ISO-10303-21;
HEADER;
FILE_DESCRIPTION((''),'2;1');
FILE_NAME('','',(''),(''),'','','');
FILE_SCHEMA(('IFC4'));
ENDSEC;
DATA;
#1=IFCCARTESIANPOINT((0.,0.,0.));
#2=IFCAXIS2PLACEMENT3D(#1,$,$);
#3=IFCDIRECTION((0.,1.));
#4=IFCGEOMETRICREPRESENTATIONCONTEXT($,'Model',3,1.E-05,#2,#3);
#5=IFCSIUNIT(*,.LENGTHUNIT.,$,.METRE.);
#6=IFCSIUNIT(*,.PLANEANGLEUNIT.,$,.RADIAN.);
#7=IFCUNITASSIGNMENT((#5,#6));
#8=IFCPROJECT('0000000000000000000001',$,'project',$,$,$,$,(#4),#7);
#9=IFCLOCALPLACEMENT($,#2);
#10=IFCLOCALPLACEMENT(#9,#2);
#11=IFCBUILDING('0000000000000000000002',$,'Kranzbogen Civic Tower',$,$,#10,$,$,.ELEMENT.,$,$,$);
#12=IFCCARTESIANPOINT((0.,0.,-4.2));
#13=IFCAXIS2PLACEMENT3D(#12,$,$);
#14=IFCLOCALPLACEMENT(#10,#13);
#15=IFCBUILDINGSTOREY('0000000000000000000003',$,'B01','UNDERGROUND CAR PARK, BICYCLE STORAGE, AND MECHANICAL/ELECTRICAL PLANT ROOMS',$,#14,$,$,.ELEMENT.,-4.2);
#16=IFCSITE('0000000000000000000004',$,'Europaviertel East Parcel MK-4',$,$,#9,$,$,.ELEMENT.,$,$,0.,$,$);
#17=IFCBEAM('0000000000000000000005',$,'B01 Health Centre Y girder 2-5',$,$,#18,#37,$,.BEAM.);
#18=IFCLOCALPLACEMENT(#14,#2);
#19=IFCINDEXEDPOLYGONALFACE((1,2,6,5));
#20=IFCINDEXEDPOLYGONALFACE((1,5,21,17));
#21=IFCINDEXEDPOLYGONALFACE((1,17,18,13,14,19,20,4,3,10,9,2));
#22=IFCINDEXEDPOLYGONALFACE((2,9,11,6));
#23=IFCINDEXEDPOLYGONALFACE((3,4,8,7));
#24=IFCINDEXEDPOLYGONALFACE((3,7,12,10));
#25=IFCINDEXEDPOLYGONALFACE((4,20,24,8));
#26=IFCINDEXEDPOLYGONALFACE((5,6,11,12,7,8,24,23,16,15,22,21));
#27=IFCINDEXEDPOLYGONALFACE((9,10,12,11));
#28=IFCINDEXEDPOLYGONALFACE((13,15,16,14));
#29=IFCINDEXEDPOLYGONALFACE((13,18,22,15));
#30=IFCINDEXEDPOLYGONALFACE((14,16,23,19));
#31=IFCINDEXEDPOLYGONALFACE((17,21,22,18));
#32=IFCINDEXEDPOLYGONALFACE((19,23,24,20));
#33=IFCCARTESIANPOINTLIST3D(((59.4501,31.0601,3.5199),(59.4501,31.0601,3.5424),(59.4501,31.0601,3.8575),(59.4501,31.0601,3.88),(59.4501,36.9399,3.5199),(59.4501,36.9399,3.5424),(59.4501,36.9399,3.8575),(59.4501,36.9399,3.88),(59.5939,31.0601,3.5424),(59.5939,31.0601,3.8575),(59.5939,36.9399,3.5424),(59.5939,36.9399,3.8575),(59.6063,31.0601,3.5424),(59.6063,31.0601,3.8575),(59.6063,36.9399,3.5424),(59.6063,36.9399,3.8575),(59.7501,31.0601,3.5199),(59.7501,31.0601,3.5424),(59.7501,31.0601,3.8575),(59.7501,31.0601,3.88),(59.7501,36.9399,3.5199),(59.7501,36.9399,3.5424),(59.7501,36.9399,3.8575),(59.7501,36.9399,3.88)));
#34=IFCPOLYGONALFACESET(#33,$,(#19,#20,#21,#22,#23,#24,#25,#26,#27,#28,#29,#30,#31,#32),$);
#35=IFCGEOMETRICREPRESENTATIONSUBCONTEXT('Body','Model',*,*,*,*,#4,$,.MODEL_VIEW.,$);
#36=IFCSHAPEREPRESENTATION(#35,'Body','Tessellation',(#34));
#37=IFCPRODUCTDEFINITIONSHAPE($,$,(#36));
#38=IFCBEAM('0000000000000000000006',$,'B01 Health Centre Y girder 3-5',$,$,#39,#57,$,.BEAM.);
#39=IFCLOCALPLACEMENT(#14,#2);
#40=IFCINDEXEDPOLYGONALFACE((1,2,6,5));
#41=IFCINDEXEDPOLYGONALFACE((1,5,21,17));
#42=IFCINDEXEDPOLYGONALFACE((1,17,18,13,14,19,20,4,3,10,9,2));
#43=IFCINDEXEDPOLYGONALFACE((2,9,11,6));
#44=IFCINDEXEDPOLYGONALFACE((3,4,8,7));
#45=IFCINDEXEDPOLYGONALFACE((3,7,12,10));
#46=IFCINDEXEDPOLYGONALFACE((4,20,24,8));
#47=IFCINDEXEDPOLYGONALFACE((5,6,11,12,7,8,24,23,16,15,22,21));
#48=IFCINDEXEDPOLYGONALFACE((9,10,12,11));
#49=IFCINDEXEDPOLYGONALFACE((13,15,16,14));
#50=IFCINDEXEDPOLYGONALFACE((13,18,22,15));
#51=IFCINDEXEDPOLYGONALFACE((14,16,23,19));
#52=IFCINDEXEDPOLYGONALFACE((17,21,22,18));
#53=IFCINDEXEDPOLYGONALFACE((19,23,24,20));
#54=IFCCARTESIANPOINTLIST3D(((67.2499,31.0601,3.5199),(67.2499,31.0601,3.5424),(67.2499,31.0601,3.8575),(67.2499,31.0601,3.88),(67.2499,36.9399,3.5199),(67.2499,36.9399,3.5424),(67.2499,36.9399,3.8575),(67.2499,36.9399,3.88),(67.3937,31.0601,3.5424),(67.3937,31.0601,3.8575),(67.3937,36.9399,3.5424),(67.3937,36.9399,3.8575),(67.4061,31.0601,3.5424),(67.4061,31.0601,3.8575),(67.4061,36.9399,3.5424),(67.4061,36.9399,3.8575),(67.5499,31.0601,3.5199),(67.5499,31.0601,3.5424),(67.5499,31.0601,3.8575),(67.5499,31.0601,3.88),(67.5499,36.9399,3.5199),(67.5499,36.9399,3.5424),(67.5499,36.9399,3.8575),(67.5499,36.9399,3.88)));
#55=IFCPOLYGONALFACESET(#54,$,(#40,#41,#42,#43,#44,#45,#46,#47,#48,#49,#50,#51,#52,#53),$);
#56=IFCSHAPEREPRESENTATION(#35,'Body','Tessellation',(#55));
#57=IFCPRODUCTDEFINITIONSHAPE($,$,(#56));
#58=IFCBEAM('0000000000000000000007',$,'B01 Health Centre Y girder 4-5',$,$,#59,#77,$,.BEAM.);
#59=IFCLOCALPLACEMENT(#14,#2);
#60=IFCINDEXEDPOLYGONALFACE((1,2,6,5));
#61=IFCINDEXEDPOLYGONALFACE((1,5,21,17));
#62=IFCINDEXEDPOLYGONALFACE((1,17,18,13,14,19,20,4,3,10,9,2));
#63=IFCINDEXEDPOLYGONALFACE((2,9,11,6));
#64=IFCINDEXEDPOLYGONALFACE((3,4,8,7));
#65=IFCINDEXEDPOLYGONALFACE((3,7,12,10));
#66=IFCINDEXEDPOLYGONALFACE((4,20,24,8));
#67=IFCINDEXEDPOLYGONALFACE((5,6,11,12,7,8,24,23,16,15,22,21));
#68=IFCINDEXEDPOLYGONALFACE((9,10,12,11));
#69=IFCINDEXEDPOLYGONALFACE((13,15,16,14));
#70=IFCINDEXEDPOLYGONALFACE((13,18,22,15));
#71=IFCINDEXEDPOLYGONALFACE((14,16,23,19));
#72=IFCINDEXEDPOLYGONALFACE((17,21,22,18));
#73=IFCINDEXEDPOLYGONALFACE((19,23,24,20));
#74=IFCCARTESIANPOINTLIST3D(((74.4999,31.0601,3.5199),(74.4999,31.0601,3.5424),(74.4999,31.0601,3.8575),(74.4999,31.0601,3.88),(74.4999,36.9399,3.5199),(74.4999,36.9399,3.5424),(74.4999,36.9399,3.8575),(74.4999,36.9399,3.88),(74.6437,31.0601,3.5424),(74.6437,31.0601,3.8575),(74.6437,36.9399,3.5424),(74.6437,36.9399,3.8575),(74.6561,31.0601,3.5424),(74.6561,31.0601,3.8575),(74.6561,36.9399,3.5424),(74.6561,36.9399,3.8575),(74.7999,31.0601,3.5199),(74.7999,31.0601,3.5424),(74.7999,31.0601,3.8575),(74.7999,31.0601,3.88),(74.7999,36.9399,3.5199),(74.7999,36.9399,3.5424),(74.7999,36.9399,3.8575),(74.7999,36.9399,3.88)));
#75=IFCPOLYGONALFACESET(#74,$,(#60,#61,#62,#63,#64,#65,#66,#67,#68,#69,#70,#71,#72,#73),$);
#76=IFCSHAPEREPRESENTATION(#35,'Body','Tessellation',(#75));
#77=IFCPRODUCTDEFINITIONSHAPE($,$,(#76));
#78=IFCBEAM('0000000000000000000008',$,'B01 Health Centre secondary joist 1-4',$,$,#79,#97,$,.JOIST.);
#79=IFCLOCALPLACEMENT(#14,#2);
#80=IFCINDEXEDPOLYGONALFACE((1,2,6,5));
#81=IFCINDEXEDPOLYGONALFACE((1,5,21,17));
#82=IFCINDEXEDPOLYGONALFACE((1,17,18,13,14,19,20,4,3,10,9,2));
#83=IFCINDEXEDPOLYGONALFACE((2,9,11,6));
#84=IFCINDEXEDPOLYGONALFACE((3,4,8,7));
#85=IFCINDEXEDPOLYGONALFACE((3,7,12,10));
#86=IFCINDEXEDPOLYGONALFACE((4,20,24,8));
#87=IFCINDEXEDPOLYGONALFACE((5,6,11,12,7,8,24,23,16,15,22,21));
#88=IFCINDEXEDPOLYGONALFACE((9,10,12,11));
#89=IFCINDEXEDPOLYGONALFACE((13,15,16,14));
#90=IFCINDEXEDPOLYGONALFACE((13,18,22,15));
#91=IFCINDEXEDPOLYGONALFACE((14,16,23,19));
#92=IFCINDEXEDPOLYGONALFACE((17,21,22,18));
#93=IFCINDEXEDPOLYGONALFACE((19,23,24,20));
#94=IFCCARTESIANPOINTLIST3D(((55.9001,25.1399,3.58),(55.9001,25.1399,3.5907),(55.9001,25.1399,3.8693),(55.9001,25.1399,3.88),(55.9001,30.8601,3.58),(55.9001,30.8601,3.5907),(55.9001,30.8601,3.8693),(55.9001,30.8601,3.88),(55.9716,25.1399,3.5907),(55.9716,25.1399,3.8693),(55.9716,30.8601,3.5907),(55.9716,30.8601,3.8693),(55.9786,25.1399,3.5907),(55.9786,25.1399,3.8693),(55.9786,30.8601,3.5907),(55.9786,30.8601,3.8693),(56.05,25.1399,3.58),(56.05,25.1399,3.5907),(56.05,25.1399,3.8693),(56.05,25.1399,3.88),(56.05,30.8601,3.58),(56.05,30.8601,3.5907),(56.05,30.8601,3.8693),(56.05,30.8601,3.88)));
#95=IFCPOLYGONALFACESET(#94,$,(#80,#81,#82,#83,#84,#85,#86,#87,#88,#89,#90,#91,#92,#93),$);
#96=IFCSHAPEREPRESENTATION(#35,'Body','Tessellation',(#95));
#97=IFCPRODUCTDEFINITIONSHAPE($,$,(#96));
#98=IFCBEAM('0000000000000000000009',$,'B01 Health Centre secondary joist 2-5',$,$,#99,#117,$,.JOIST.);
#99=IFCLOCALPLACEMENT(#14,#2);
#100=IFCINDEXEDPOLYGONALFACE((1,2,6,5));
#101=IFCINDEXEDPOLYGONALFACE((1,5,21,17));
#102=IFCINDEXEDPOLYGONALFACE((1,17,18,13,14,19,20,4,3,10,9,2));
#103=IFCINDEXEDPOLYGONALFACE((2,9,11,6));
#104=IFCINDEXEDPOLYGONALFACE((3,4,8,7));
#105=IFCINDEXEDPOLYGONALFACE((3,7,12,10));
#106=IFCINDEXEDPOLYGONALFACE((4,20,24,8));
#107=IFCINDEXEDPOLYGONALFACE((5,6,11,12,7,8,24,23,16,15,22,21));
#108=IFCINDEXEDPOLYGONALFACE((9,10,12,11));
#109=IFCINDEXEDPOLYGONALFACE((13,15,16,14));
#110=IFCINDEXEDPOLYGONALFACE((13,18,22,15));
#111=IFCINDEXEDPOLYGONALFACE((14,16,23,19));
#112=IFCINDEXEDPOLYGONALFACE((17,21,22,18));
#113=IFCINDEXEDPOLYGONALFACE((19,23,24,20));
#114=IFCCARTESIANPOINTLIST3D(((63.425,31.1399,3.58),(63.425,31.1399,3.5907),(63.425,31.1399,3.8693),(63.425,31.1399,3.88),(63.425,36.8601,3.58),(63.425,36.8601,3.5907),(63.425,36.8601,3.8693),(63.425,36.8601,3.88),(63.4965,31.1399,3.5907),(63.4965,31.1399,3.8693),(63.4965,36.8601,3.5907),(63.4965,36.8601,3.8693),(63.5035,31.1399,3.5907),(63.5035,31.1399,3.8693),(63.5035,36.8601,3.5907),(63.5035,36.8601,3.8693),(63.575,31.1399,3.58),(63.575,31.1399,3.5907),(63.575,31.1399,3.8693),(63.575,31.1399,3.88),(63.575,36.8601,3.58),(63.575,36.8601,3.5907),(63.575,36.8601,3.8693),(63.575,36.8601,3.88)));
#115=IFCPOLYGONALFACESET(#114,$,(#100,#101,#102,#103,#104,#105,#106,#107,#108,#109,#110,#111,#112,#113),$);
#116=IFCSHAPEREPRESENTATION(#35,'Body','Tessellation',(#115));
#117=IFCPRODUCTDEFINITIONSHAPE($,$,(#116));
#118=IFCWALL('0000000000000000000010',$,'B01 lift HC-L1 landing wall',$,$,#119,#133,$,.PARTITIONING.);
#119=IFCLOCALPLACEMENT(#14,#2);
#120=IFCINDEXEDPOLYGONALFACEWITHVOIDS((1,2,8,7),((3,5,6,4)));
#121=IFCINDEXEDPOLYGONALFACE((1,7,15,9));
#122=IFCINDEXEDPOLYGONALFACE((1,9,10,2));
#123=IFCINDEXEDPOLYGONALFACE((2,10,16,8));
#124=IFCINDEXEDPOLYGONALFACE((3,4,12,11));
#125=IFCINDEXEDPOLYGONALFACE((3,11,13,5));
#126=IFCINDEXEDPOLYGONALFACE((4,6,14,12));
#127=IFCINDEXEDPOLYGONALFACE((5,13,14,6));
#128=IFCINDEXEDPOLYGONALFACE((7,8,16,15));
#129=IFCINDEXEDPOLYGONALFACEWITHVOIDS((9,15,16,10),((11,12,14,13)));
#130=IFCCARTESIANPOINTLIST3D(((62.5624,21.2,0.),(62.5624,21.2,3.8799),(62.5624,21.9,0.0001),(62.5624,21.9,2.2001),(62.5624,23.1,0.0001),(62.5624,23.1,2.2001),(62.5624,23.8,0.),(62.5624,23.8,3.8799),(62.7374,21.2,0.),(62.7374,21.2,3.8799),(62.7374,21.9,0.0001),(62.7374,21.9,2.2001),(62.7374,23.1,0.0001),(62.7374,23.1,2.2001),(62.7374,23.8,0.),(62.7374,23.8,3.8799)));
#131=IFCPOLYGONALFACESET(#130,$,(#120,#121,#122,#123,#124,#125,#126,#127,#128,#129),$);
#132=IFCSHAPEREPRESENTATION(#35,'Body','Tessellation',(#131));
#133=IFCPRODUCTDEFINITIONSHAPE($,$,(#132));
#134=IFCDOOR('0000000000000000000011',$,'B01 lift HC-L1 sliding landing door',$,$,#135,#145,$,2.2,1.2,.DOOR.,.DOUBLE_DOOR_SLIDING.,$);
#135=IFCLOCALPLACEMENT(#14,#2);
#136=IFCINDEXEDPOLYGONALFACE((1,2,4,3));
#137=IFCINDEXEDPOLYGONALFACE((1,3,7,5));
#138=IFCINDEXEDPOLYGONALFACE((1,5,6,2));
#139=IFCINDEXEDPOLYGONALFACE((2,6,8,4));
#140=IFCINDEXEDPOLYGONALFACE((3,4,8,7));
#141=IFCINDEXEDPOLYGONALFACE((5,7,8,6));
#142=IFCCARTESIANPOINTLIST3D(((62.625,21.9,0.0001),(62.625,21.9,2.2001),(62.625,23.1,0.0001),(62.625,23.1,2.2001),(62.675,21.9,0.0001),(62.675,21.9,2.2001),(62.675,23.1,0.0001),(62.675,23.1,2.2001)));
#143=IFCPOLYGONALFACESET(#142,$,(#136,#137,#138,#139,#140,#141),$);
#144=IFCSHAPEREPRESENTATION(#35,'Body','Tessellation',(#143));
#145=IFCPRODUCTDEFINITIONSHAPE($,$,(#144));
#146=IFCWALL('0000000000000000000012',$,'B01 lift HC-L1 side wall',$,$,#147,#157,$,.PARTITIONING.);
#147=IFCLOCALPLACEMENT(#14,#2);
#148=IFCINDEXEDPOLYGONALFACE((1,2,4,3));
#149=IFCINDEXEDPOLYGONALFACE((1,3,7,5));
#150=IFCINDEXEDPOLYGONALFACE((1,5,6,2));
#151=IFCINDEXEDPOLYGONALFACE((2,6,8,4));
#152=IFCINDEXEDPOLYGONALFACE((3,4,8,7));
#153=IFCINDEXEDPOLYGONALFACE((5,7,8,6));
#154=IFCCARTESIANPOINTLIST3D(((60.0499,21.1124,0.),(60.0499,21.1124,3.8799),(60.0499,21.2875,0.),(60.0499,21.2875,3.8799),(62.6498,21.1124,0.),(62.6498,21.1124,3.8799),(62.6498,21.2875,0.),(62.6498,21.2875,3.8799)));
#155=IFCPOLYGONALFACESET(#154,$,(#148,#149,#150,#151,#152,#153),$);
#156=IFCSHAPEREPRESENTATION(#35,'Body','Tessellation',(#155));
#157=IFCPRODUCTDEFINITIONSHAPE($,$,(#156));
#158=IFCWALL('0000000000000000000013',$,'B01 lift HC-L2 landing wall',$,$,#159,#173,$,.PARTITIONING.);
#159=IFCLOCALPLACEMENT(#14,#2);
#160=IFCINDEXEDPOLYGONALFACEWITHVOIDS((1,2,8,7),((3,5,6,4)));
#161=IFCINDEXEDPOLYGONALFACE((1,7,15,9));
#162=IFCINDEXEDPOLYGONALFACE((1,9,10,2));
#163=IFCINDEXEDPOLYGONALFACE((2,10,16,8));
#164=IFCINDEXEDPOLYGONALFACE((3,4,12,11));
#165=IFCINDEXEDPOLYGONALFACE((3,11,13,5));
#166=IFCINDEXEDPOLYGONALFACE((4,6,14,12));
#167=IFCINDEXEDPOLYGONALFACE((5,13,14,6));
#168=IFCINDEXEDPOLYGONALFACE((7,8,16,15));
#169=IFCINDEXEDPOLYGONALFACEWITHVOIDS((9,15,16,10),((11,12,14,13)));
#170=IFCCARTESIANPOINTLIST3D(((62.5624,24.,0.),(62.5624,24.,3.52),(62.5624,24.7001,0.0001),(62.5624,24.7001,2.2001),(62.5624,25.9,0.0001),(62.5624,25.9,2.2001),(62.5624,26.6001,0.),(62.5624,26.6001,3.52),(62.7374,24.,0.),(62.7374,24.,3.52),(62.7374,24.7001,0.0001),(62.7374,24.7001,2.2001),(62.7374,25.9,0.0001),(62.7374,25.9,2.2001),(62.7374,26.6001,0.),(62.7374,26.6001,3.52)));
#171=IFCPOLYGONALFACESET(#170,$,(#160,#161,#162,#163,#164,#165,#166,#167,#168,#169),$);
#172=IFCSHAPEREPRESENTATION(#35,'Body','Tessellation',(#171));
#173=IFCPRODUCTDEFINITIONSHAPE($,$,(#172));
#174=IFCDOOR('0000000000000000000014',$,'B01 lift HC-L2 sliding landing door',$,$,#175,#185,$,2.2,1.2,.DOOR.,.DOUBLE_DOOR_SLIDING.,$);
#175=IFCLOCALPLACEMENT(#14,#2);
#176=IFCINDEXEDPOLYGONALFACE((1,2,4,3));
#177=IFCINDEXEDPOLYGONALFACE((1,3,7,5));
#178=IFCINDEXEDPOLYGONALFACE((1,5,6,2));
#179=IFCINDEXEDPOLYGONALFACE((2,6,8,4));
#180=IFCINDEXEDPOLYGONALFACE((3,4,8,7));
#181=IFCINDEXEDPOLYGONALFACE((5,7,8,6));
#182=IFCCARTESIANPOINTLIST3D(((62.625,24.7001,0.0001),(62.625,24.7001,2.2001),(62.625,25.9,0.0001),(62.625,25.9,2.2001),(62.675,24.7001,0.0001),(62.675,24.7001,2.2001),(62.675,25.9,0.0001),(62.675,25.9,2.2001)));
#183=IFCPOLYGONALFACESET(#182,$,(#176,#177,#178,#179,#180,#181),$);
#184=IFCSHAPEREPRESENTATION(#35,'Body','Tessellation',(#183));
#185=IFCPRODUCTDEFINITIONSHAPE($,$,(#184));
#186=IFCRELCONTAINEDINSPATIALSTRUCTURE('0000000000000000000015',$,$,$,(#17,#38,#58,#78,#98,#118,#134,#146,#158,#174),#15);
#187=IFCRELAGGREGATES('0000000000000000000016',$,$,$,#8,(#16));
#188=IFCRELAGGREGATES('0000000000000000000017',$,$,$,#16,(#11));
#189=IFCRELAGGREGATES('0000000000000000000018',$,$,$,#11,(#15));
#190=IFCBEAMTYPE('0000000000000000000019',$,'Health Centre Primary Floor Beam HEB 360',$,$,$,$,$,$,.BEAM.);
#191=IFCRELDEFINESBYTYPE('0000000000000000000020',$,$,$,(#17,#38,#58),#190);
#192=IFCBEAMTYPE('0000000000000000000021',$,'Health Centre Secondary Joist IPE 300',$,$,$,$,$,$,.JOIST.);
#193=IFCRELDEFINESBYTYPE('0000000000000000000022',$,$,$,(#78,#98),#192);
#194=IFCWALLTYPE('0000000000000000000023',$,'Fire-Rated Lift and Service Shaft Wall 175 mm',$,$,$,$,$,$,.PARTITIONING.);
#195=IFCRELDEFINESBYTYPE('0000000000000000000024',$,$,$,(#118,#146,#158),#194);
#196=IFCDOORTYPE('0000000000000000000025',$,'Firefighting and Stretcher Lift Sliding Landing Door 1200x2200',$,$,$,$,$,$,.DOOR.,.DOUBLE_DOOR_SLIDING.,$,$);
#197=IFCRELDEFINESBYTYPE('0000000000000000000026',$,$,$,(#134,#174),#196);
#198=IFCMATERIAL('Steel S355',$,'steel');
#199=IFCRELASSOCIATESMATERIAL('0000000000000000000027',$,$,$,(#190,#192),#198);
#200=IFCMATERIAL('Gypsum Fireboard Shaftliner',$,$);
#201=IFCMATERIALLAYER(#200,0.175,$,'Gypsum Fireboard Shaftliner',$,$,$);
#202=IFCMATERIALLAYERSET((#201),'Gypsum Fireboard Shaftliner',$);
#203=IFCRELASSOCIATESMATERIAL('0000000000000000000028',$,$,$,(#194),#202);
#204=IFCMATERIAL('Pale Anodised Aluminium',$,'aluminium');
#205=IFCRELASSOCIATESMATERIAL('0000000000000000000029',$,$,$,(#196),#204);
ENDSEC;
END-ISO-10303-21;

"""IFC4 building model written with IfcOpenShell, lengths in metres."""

from ifc_helpers import new_model, si_unit, direction, frame, frame_2d, origin, origin_2d, place, context, subcontext, project, spatial, rectangle, i_section, extrude, material, layer, layer_set, material_profile, profile_set, type_object, element, fill, save


model = new_model("IFC4")

# Units and contexts
model_context = context("Model", 3, precision=1e-05, world=origin(), true_north=direction((0.0, 1.0)))
body_context = subcontext(model_context, "Body", "Model", "MODEL_VIEW")
ifc_project = project(units=[si_unit("LENGTHUNIT", "METRE"), si_unit("PLANEANGLEUNIT", "RADIAN")], contexts=[model_context])

# Site, building, storey
site_placement = place(None, origin())
site = spatial("IfcSite", under=ifc_project, at=site_placement, Name="Europaviertel East Parcel MK-4", CompositionType="ELEMENT", RefElevation=0.0)
building_placement = place(site_placement, origin())
building = spatial("IfcBuilding", under=site, at=building_placement, Name="Kranzbogen Civic Tower", CompositionType="ELEMENT")
storey_placement = place(building_placement, frame((0.0, 0.0, -4.2)))
storey = spatial("IfcBuildingStorey", under=building, at=storey_placement, Name="B01", Description="UNDERGROUND CAR PARK, BICYCLE STORAGE, AND MECHANICAL/ELECTRICAL PLANT ROOMS", CompositionType="ELEMENT", Elevation=-4.2)

# Shared definitions
ifc_material_1 = material(Name="Steel S355", Category="steel")

# Beams
ifc_material_profile_1 = material_profile(ifc_material_1, i_section(OverallWidth=0.3, OverallDepth=0.3601, WebThickness=0.0125, FlangeThickness=0.0225, at=origin_2d()), Name="HEB 360")
ifc_profile_set_1 = profile_set([ifc_material_profile_1], Name="Steel S355")
beam_type_1 = type_object("IfcBeamType", Name="Health Centre Primary Floor Beam HEB 360", PredefinedType="BEAM", material=ifc_profile_set_1)
for number, where, z_axis, x_axis, name in (
    (1, (59.6001, 31.0601, 3.7), (0.0, 1.0, 0.0), (-1.0, 0.0, 0.0), "B01 Health Centre Y girder 2-5"),
    (2, (67.3999, 31.0601, 3.7), (0.0, 1.0, 0.0), (-1.0, 0.0, 0.0), "B01 Health Centre Y girder 3-5"),
    (3, (74.6499, 31.0601, 3.7), (0.0, 1.0, 0.0), (-1.0, 0.0, 0.0), "B01 Health Centre Y girder 4-5"),
):
    element("IfcBeam", number, at=place(storey_placement, frame(where, z_axis=z_axis, x_axis=x_axis)), inside=storey, type_object=beam_type_1, Name=name, PredefinedType="BEAM", context=body_context, shape_type="SweptSolid", body=[
        extrude(i_section(OverallWidth=0.3, OverallDepth=0.3601, WebThickness=0.0125, FlangeThickness=0.0225, at=origin_2d()), origin(), (0.0, 0.0, 1.0), 5.8799),
    ])
ifc_material_profile_2 = material_profile(ifc_material_1, i_section(OverallWidth=0.1499, OverallDepth=0.3, WebThickness=0.0071, FlangeThickness=0.0107, at=origin_2d()), Name="IPE 300")
ifc_profile_set_2 = profile_set([ifc_material_profile_2], Name="Steel S355")
beam_type_2 = type_object("IfcBeamType", Name="Health Centre Secondary Joist IPE 300", PredefinedType="JOIST", material=ifc_profile_set_2)
for number, where, z_axis, x_axis, name in (
    (4, (55.9751, 25.1399, 3.73), (0.0, 1.0, 0.0), (-1.0, 0.0, 0.0), "B01 Health Centre secondary joist 1-4"),
    (5, (63.5, 31.1399, 3.73), (0.0, 1.0, 0.0), (-1.0, 0.0, 0.0), "B01 Health Centre secondary joist 2-5"),
):
    element("IfcBeam", number, at=place(storey_placement, frame(where, z_axis=z_axis, x_axis=x_axis)), inside=storey, type_object=beam_type_2, Name=name, PredefinedType="JOIST", context=body_context, shape_type="SweptSolid", body=[
        extrude(i_section(OverallWidth=0.1499, OverallDepth=0.3, WebThickness=0.0071, FlangeThickness=0.0107, at=origin_2d()), origin(), (0.0, 0.0, 1.0), 5.7202),
    ])

# Wall, opening, door
ifc_material_2 = material(Name="Gypsum Fireboard Shaftliner")
ifc_layer_1 = layer(ifc_material_2, 0.175, Name="Gypsum Fireboard Shaftliner")
ifc_layer_set_1 = layer_set([ifc_layer_1], Name="Gypsum Fireboard Shaftliner")
wall_type_1 = type_object("IfcWallType", Name="Fire-Rated Lift and Service Shaft Wall 175 mm", PredefinedType="PARTITIONING", material=ifc_layer_set_1)
wall_1_placement = place(storey_placement, frame((62.6499, 21.2, 0.0), z_axis=(0.0, 0.0, 1.0), x_axis=(0.0, 1.0, 0.0)))
wall_1 = element("IfcWall", 6, at=wall_1_placement, inside=storey, type_object=wall_type_1, Name="B01 lift HC-L1 landing wall", PredefinedType="PARTITIONING", context=body_context, shape_type="SweptSolid", body=[
    extrude(rectangle(XDim=2.6001, YDim=0.175, at=frame_2d((1.3, 0.0))), origin(), (0.0, 0.0, 1.0), 3.8799),
])
opening_1_placement = place(wall_1_placement, frame((0.7, 0.0, 0.0)))
opening_1 = element("IfcOpeningElement", 7, at=opening_1_placement, cuts=wall_1, PredefinedType="OPENING", context=body_context, shape_type="SweptSolid", body=[
    extrude(rectangle(XDim=1.2, YDim=2.2, at=frame_2d((0.6001, 1.1001))), frame((0.0, 0.0977, 0.0), z_axis=(0.0, -1.0, 0.0), x_axis=(1.0, 0.0, 0.0)), (0.0, 0.0, 1.0), 0.1951),
])
ifc_material_3 = material(Name="Pale Anodised Aluminium", Category="aluminium")
door_type = type_object("IfcDoorType", Name="Firefighting and Stretcher Lift Sliding Landing Door 1200x2200", OperationType="DOUBLE_DOOR_SLIDING", PredefinedType="DOOR", material=ifc_material_3)
door_1_placement = place(opening_1_placement, origin())
door_1 = element("IfcDoor", 8, at=door_1_placement, inside=storey, type_object=door_type, Name="B01 lift HC-L1 sliding landing door", OperationType="DOUBLE_DOOR_SLIDING", OverallHeight=2.2, OverallWidth=1.2, PredefinedType="DOOR", context=body_context, shape_type="SweptSolid", body=[
    extrude(rectangle(XDim=1.2, YDim=2.2, at=frame_2d((0.6001, 1.1001))), frame((0.0, 0.0249, 0.0), z_axis=(0.0, -1.0, 0.0), x_axis=(1.0, 0.0, 0.0)), (0.0, 0.0, 1.0), 0.05),
])
fill(opening_1, door_1)

# Wall
wall_2_placement = place(storey_placement, frame((60.05, 21.2, 0.0), z_axis=(0.0, 0.0, 1.0), x_axis=(1.0, 0.0, 0.0)))
element("IfcWall", 9, at=wall_2_placement, inside=storey, type_object=wall_type_1, Name="B01 lift HC-L1 side wall", PredefinedType="PARTITIONING", context=body_context, shape_type="SweptSolid", body=[
    extrude(rectangle(XDim=2.5999, YDim=0.175, at=frame_2d((1.2998, 0.0))), origin(), (0.0, 0.0, 1.0), 3.8799),
])

# Wall, opening, door
wall_3_placement = place(storey_placement, frame((62.6499, 24.0, 0.0), z_axis=(0.0, 0.0, 1.0), x_axis=(0.0, 1.0, 0.0)))
wall_3 = element("IfcWall", 10, at=wall_3_placement, inside=storey, type_object=wall_type_1, Name="B01 lift HC-L2 landing wall", PredefinedType="PARTITIONING", context=body_context, shape_type="SweptSolid", body=[
    extrude(rectangle(XDim=2.6001, YDim=0.175, at=frame_2d((1.3, 0.0))), origin(), (0.0, 0.0, 1.0), 3.52),
])
opening_2_placement = place(wall_3_placement, frame((0.7, 0.0, 0.0)))
opening_2 = element("IfcOpeningElement", 11, at=opening_2_placement, cuts=wall_3, PredefinedType="OPENING", context=body_context, shape_type="SweptSolid", body=[
    extrude(rectangle(XDim=1.2, YDim=2.2, at=frame_2d((0.6001, 1.1001))), frame((0.0, 0.0977, 0.0), z_axis=(0.0, -1.0, 0.0), x_axis=(1.0, 0.0, 0.0)), (0.0, 0.0, 1.0), 0.1951),
])
door_2_placement = place(opening_2_placement, origin())
door_2 = element("IfcDoor", 12, at=door_2_placement, inside=storey, type_object=door_type, Name="B01 lift HC-L2 sliding landing door", OperationType="DOUBLE_DOOR_SLIDING", OverallHeight=2.2, OverallWidth=1.2, PredefinedType="DOOR", context=body_context, shape_type="SweptSolid", body=[
    extrude(rectangle(XDim=1.2, YDim=2.2, at=frame_2d((0.6001, 1.1001))), frame((0.0, 0.0249, 0.0), z_axis=(0.0, -1.0, 0.0), x_axis=(1.0, 0.0, 0.0)), (0.0, 0.0, 1.0), 0.05),
])
fill(opening_2, door_2)

save(model, "model.ifc")
